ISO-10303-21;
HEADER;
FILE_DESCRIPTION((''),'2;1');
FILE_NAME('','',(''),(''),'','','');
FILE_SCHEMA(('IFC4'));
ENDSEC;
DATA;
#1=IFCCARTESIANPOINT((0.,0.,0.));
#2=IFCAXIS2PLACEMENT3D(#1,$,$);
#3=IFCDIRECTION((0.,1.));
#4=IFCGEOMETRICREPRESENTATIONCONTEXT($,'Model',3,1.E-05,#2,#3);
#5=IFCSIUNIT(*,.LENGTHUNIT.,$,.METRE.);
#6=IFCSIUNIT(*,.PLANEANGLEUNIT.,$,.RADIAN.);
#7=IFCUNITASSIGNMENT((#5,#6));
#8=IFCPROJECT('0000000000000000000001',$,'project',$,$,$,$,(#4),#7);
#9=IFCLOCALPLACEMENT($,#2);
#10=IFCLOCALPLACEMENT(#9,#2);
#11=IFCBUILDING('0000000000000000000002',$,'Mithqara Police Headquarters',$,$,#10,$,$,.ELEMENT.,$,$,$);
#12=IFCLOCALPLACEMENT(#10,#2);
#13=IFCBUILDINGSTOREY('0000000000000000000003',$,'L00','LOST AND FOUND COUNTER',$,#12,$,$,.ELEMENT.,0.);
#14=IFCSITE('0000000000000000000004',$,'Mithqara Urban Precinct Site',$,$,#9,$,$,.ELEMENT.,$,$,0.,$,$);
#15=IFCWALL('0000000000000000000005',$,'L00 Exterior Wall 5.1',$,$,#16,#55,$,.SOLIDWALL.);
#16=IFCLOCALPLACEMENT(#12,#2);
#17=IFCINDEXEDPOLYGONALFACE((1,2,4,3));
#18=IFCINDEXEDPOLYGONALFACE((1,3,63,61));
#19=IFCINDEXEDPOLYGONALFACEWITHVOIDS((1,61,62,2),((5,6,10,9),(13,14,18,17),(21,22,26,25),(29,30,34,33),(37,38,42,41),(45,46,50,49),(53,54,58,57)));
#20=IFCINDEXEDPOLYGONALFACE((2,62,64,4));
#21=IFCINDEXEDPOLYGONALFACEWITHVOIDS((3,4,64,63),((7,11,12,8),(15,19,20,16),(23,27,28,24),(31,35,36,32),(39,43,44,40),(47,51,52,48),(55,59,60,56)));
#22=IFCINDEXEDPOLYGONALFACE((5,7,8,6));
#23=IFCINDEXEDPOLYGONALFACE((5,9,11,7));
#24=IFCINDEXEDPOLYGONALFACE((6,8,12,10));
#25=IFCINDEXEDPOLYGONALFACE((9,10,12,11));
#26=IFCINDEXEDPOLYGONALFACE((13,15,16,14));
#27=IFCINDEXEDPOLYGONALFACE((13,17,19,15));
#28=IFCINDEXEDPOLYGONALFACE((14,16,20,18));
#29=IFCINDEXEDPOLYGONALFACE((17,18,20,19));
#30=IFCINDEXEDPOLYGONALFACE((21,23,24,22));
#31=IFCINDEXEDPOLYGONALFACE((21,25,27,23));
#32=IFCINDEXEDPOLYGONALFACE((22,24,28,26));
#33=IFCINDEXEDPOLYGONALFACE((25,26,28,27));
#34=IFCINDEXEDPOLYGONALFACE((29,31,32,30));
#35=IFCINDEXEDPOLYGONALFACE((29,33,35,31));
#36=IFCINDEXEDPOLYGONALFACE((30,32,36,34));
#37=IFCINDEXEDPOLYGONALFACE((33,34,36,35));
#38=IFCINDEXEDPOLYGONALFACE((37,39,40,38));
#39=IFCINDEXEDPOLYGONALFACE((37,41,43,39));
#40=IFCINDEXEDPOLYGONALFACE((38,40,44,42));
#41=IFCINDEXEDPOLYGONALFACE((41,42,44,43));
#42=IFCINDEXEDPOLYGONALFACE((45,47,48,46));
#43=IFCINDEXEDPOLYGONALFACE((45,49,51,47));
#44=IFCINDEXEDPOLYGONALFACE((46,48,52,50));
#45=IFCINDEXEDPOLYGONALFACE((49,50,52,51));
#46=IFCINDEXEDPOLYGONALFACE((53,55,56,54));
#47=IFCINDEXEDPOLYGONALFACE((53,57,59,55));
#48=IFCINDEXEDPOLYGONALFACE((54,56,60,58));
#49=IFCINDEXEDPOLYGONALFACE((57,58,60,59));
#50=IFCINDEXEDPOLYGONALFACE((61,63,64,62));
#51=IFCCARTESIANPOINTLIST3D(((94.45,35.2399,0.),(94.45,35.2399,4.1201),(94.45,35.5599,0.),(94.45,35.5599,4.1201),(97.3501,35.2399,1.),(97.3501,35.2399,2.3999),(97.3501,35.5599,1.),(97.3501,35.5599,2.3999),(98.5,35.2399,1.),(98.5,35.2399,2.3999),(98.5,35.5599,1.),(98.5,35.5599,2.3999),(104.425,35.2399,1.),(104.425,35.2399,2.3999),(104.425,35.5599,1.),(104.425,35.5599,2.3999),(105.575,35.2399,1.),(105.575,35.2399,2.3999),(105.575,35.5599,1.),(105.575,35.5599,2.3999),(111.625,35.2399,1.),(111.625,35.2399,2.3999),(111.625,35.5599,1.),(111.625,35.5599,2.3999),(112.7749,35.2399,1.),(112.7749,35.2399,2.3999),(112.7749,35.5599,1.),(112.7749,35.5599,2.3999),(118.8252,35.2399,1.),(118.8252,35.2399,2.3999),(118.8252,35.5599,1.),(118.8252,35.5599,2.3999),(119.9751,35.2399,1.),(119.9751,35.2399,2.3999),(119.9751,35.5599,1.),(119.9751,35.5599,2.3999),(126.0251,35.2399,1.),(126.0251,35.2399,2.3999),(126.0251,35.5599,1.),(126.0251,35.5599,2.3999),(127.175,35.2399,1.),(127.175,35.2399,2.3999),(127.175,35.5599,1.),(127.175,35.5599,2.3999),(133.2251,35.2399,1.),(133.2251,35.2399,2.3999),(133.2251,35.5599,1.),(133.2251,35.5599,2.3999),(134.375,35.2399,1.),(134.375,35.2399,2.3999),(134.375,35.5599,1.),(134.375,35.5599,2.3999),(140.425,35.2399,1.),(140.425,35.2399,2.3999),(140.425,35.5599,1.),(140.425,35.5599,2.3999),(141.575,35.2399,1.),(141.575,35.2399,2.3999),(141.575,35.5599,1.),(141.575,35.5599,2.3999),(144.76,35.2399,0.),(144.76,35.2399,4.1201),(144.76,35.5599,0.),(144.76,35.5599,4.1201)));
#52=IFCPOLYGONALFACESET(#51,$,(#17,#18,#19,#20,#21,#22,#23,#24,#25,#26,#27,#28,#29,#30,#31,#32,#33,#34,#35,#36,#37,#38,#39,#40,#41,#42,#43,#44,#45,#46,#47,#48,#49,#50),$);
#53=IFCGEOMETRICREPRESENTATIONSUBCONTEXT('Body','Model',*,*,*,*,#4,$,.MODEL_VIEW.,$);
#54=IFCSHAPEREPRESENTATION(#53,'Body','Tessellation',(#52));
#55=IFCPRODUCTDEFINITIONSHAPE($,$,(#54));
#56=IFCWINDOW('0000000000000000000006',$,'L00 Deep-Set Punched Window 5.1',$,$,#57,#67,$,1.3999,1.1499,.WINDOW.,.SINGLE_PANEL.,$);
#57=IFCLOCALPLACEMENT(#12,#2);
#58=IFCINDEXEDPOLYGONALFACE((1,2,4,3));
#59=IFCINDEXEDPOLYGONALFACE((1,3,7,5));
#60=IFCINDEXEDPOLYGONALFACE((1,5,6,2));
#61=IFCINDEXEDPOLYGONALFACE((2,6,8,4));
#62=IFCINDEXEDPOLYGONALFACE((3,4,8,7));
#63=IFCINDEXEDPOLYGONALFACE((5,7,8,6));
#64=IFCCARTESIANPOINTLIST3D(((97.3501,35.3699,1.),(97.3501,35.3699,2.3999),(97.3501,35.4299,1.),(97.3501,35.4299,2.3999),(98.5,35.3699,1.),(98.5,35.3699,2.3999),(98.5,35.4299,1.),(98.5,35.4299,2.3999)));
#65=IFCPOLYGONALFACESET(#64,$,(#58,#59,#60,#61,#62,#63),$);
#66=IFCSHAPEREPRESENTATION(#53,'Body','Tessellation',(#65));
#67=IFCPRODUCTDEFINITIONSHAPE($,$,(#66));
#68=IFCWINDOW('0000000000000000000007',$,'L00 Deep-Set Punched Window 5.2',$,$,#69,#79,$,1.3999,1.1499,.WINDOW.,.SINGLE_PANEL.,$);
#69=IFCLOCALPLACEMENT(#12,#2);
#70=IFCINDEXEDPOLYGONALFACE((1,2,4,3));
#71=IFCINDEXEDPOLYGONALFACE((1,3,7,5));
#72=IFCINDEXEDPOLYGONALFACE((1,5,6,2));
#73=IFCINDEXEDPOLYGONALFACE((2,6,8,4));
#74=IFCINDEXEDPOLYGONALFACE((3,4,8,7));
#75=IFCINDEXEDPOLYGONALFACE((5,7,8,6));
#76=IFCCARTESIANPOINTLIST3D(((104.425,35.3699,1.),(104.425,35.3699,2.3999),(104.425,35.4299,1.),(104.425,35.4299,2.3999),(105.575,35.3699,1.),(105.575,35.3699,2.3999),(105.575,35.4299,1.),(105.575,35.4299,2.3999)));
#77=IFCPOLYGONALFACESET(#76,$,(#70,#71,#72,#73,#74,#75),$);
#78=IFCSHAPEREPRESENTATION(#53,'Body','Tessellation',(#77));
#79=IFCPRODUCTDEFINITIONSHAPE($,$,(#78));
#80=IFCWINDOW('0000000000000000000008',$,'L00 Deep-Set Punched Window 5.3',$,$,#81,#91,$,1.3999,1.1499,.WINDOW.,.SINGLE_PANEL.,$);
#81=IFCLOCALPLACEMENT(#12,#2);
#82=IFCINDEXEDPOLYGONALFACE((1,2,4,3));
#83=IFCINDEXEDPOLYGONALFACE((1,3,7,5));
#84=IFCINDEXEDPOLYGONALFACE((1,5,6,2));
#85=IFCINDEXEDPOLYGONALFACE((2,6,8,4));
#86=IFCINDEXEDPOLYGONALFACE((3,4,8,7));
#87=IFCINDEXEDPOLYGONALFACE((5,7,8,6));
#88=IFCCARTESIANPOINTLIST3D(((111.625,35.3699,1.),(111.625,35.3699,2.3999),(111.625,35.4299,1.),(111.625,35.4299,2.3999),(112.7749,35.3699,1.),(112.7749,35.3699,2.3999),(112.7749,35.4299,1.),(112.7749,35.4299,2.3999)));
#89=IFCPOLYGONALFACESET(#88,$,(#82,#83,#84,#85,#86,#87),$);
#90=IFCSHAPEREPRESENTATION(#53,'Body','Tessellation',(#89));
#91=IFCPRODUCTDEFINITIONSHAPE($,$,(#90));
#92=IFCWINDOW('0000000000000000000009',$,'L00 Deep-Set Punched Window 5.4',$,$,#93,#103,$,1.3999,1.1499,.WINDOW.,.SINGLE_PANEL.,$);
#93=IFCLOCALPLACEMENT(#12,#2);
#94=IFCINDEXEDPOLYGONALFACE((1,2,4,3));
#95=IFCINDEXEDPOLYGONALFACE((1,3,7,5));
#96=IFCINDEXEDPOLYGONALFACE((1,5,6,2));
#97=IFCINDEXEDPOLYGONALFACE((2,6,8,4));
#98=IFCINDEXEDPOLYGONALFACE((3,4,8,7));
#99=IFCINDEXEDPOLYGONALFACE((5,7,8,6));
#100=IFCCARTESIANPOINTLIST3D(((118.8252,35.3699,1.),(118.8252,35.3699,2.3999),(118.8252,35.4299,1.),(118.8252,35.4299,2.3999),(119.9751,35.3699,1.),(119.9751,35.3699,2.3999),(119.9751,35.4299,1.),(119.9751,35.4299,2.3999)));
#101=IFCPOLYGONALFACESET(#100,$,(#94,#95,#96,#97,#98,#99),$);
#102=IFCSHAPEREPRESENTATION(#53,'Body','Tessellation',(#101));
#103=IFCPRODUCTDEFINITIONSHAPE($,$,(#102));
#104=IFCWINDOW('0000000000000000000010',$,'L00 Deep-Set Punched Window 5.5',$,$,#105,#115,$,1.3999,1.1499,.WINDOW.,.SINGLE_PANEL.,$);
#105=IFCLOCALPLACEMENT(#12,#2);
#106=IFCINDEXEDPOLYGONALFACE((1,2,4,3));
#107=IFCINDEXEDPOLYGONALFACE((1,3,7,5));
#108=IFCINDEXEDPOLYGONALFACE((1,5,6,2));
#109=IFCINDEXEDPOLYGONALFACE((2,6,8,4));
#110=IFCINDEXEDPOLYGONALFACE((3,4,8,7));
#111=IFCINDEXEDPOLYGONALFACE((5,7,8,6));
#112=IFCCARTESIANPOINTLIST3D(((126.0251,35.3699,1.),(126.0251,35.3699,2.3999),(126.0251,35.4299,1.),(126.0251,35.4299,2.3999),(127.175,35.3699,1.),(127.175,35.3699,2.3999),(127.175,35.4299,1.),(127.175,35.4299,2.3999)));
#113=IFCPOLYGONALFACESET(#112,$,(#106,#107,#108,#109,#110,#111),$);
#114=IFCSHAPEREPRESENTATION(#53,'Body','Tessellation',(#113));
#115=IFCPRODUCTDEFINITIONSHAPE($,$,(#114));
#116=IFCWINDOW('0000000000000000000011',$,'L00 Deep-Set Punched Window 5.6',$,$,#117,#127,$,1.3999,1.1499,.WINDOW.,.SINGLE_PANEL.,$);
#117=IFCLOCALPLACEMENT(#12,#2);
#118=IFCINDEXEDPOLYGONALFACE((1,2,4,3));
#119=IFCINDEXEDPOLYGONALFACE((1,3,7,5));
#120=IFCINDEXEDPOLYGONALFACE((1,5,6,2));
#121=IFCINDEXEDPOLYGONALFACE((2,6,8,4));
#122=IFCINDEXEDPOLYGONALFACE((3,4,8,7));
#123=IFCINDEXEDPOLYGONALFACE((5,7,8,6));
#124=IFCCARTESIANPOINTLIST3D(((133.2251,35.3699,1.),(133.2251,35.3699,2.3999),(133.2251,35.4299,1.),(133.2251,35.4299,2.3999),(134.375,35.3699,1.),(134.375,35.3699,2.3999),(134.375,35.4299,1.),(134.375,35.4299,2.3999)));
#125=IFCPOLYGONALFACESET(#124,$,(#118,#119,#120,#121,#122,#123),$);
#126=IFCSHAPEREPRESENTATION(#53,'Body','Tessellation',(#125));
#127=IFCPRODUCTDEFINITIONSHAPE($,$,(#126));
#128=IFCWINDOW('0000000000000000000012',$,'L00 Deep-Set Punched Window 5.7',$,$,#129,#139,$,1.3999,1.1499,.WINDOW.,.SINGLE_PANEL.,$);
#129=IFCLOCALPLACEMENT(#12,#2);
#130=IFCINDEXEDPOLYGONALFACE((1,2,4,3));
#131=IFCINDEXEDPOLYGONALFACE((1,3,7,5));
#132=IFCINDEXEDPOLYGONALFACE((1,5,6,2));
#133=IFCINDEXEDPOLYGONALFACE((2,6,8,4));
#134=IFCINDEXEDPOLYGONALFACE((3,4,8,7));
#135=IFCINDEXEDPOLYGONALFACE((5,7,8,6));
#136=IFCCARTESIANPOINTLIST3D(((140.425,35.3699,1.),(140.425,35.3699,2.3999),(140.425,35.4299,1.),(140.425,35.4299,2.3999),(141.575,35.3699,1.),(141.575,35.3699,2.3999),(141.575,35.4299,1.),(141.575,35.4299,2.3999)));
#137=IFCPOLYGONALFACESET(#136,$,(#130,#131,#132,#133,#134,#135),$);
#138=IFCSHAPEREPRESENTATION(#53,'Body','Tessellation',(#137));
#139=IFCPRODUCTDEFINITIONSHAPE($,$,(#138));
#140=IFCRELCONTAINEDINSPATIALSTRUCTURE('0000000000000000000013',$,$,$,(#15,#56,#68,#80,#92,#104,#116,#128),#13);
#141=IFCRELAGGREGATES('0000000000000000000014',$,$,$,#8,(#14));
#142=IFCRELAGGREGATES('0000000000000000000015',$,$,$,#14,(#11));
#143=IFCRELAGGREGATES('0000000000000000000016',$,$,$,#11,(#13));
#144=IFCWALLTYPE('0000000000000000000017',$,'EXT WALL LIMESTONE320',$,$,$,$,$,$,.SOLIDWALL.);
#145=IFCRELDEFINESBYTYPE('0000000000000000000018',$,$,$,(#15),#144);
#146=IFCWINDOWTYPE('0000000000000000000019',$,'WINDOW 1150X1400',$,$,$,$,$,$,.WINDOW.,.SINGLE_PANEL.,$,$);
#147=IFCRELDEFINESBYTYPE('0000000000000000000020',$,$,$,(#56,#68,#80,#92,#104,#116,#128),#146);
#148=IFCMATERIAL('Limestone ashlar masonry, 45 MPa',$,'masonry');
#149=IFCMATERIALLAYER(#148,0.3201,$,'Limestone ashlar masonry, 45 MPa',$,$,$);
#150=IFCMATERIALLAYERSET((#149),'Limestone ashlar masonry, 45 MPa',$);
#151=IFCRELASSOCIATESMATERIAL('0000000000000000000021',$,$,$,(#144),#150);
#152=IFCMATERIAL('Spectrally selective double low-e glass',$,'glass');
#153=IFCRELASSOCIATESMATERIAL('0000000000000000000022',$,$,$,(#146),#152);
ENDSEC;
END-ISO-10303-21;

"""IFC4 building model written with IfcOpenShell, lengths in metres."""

from ifc_helpers import new_model, si_unit, direction, frame, frame_2d, origin, place, context, subcontext, project, spatial, rectangle, extrude, material, layer, layer_set, type_object, element, fill, save


model = new_model("IFC4")

# Units and contexts
model_context = context("Model", 3, precision=1e-05, world=origin(), true_north=direction((0.0, 1.0)))
body_context = subcontext(model_context, "Body", "Model", "MODEL_VIEW")
ifc_project = project(units=[si_unit("LENGTHUNIT", "METRE"), si_unit("PLANEANGLEUNIT", "RADIAN")], contexts=[model_context])

# Site, building, storey
site_placement = place(None, origin())
site = spatial("IfcSite", under=ifc_project, at=site_placement, Name="Mithqara Urban Precinct Site", CompositionType="ELEMENT", RefElevation=0.0)
building_placement = place(site_placement, origin())
building = spatial("IfcBuilding", under=site, at=building_placement, Name="Mithqara Police Headquarters", CompositionType="ELEMENT")
storey_placement = place(building_placement, origin())
storey = spatial("IfcBuildingStorey", under=building, at=storey_placement, Name="L00", Description="LOST AND FOUND COUNTER", CompositionType="ELEMENT", Elevation=0.0)

# Wall, openings, windows
ifc_material_1 = material(Name="Limestone ashlar masonry, 45 MPa", Category="masonry")
ifc_layer_1 = layer(ifc_material_1, 0.3201, Name="Limestone ashlar masonry, 45 MPa")
ifc_layer_set_1 = layer_set([ifc_layer_1], Name="Limestone ashlar masonry, 45 MPa")
wall_type_1 = type_object("IfcWallType", Name="EXT WALL LIMESTONE320", PredefinedType="SOLIDWALL", material=ifc_layer_set_1)
wall_1_placement = place(storey_placement, frame((144.76, 35.3999, 0.0), z_axis=(0.0, 0.0, 1.0), x_axis=(-1.0, 0.0, 0.0)))
wall_1 = element("IfcWall", 1, at=wall_1_placement, inside=storey, type_object=wall_type_1, Name="L00 Exterior Wall 5.1", PredefinedType="SOLIDWALL", context=body_context, shape_type="SweptSolid", body=[
    extrude(rectangle(XDim=50.3101, YDim=0.3201, at=frame_2d((25.155, 0.0))), origin(), (0.0, 0.0, 1.0), 4.1201),
])
opening_1_placement = place(wall_1_placement, frame((46.26, 0.0, 1.0)))
opening_1 = element("IfcOpeningElement", 2, at=opening_1_placement, cuts=wall_1, PredefinedType="OPENING", context=body_context, shape_type="SweptSolid", body=[
    extrude(rectangle(XDim=1.1499, YDim=1.3999, at=frame_2d((0.575, 0.7))), frame((0.0, 0.1699, 0.0), z_axis=(0.0, -1.0, 0.0), x_axis=(1.0, 0.0, 0.0)), (0.0, 0.0, 1.0), 0.3401),
])
opening_2_placement = place(wall_1_placement, frame((39.1851, 0.0, 1.0)))
opening_2 = element("IfcOpeningElement", 3, at=opening_2_placement, cuts=wall_1, PredefinedType="OPENING", context=body_context, shape_type="SweptSolid", body=[
    extrude(rectangle(XDim=1.1499, YDim=1.3999, at=frame_2d((0.575, 0.7))), frame((0.0, 0.1699, 0.0), z_axis=(0.0, -1.0, 0.0), x_axis=(1.0, 0.0, 0.0)), (0.0, 0.0, 1.0), 0.3401),
])
opening_3_placement = place(wall_1_placement, frame((31.9851, 0.0, 1.0)))
opening_3 = element("IfcOpeningElement", 4, at=opening_3_placement, cuts=wall_1, PredefinedType="OPENING", context=body_context, shape_type="SweptSolid", body=[
    extrude(rectangle(XDim=1.1499, YDim=1.3999, at=frame_2d((0.575, 0.7))), frame((0.0, 0.1699, 0.0), z_axis=(0.0, -1.0, 0.0), x_axis=(1.0, 0.0, 0.0)), (0.0, 0.0, 1.0), 0.3401),
])
opening_4_placement = place(wall_1_placement, frame((24.7849, 0.0, 1.0)))
opening_4 = element("IfcOpeningElement", 5, at=opening_4_placement, cuts=wall_1, PredefinedType="OPENING", context=body_context, shape_type="SweptSolid", body=[
    extrude(rectangle(XDim=1.1499, YDim=1.3999, at=frame_2d((0.575, 0.7))), frame((0.0, 0.1699, 0.0), z_axis=(0.0, -1.0, 0.0), x_axis=(1.0, 0.0, 0.0)), (0.0, 0.0, 1.0), 0.3401),
])
opening_5_placement = place(wall_1_placement, frame((17.585, 0.0, 1.0)))
opening_5 = element("IfcOpeningElement", 6, at=opening_5_placement, cuts=wall_1, PredefinedType="OPENING", context=body_context, shape_type="SweptSolid", body=[
    extrude(rectangle(XDim=1.1499, YDim=1.3999, at=frame_2d((0.575, 0.7))), frame((0.0, 0.1699, 0.0), z_axis=(0.0, -1.0, 0.0), x_axis=(1.0, 0.0, 0.0)), (0.0, 0.0, 1.0), 0.3401),
])
opening_6_placement = place(wall_1_placement, frame((10.385, 0.0, 1.0)))
opening_6 = element("IfcOpeningElement", 7, at=opening_6_placement, cuts=wall_1, PredefinedType="OPENING", context=body_context, shape_type="SweptSolid", body=[
    extrude(rectangle(XDim=1.1499, YDim=1.3999, at=frame_2d((0.575, 0.7))), frame((0.0, 0.1699, 0.0), z_axis=(0.0, -1.0, 0.0), x_axis=(1.0, 0.0, 0.0)), (0.0, 0.0, 1.0), 0.3401),
])
opening_7_placement = place(wall_1_placement, frame((3.1851, 0.0, 1.0)))
opening_7 = element("IfcOpeningElement", 8, at=opening_7_placement, cuts=wall_1, PredefinedType="OPENING", context=body_context, shape_type="SweptSolid", body=[
    extrude(rectangle(XDim=1.1499, YDim=1.3999, at=frame_2d((0.575, 0.7))), frame((0.0, 0.1699, 0.0), z_axis=(0.0, -1.0, 0.0), x_axis=(1.0, 0.0, 0.0)), (0.0, 0.0, 1.0), 0.3401),
])
ifc_material_2 = material(Name="Spectrally selective double low-e glass", Category="glass")
window_type = type_object("IfcWindowType", Name="WINDOW 1150X1400", PartitioningType="SINGLE_PANEL", PredefinedType="WINDOW", material=ifc_material_2)
window_1_placement = place(opening_1_placement, origin())
window_1 = element("IfcWindow", 9, at=window_1_placement, inside=storey, type_object=window_type, Name="L00 Deep-Set Punched Window 5.1", OverallHeight=1.3999, OverallWidth=1.1499, PartitioningType="SINGLE_PANEL", PredefinedType="WINDOW", context=body_context, shape_type="SweptSolid", body=[
    extrude(rectangle(XDim=1.1499, YDim=1.3999, at=frame_2d((0.575, 0.7))), frame((0.0, 0.03, 0.0), z_axis=(0.0, -1.0, 0.0), x_axis=(1.0, 0.0, 0.0)), (0.0, 0.0, 1.0), 0.0601),
])
fill(opening_1, window_1)
window_2_placement = place(opening_2_placement, origin())
window_2 = element("IfcWindow", 10, at=window_2_placement, inside=storey, type_object=window_type, Name="L00 Deep-Set Punched Window 5.2", OverallHeight=1.3999, OverallWidth=1.1499, PartitioningType="SINGLE_PANEL", PredefinedType="WINDOW", context=body_context, shape_type="SweptSolid", body=[
    extrude(rectangle(XDim=1.1499, YDim=1.3999, at=frame_2d((0.575, 0.7))), frame((0.0, 0.03, 0.0), z_axis=(0.0, -1.0, 0.0), x_axis=(1.0, 0.0, 0.0)), (0.0, 0.0, 1.0), 0.0601),
])
fill(opening_2, window_2)
window_3_placement = place(opening_3_placement, origin())
window_3 = element("IfcWindow", 11, at=window_3_placement, inside=storey, type_object=window_type, Name="L00 Deep-Set Punched Window 5.3", OverallHeight=1.3999, OverallWidth=1.1499, PartitioningType="SINGLE_PANEL", PredefinedType="WINDOW", context=body_context, shape_type="SweptSolid", body=[
    extrude(rectangle(XDim=1.1499, YDim=1.3999, at=frame_2d((0.575, 0.7))), frame((0.0, 0.03, 0.0), z_axis=(0.0, -1.0, 0.0), x_axis=(1.0, 0.0, 0.0)), (0.0, 0.0, 1.0), 0.0601),
])
fill(opening_3, window_3)
window_4_placement = place(opening_4_placement, origin())
window_4 = element("IfcWindow", 12, at=window_4_placement, inside=storey, type_object=window_type, Name="L00 Deep-Set Punched Window 5.4", OverallHeight=1.3999, OverallWidth=1.1499, PartitioningType="SINGLE_PANEL", PredefinedType="WINDOW", context=body_context, shape_type="SweptSolid", body=[
    extrude(rectangle(XDim=1.1499, YDim=1.3999, at=frame_2d((0.575, 0.7))), frame((0.0, 0.03, 0.0), z_axis=(0.0, -1.0, 0.0), x_axis=(1.0, 0.0, 0.0)), (0.0, 0.0, 1.0), 0.0601),
])
fill(opening_4, window_4)
window_5_placement = place(opening_5_placement, origin())
window_5 = element("IfcWindow", 13, at=window_5_placement, inside=storey, type_object=window_type, Name="L00 Deep-Set Punched Window 5.5", OverallHeight=1.3999, OverallWidth=1.1499, PartitioningType="SINGLE_PANEL", PredefinedType="WINDOW", context=body_context, shape_type="SweptSolid", body=[
    extrude(rectangle(XDim=1.1499, YDim=1.3999, at=frame_2d((0.575, 0.7))), frame((0.0, 0.03, 0.0), z_axis=(0.0, -1.0, 0.0), x_axis=(1.0, 0.0, 0.0)), (0.0, 0.0, 1.0), 0.0601),
])
fill(opening_5, window_5)
window_6_placement = place(opening_6_placement, origin())
window_6 = element("IfcWindow", 14, at=window_6_placement, inside=storey, type_object=window_type, Name="L00 Deep-Set Punched Window 5.6", OverallHeight=1.3999, OverallWidth=1.1499, PartitioningType="SINGLE_PANEL", PredefinedType="WINDOW", context=body_context, shape_type="SweptSolid", body=[
    extrude(rectangle(XDim=1.1499, YDim=1.3999, at=frame_2d((0.575, 0.7))), frame((0.0, 0.03, 0.0), z_axis=(0.0, -1.0, 0.0), x_axis=(1.0, 0.0, 0.0)), (0.0, 0.0, 1.0), 0.0601),
])
fill(opening_6, window_6)
window_7_placement = place(opening_7_placement, origin())
window_7 = element("IfcWindow", 15, at=window_7_placement, inside=storey, type_object=window_type, Name="L00 Deep-Set Punched Window 5.7", OverallHeight=1.3999, OverallWidth=1.1499, PartitioningType="SINGLE_PANEL", PredefinedType="WINDOW", context=body_context, shape_type="SweptSolid", body=[
    extrude(rectangle(XDim=1.1499, YDim=1.3999, at=frame_2d((0.575, 0.7))), frame((0.0, 0.03, 0.0), z_axis=(0.0, -1.0, 0.0), x_axis=(1.0, 0.0, 0.0)), (0.0, 0.0, 1.0), 0.0601),
])
fill(opening_7, window_7)

save(model, "model.ifc")
